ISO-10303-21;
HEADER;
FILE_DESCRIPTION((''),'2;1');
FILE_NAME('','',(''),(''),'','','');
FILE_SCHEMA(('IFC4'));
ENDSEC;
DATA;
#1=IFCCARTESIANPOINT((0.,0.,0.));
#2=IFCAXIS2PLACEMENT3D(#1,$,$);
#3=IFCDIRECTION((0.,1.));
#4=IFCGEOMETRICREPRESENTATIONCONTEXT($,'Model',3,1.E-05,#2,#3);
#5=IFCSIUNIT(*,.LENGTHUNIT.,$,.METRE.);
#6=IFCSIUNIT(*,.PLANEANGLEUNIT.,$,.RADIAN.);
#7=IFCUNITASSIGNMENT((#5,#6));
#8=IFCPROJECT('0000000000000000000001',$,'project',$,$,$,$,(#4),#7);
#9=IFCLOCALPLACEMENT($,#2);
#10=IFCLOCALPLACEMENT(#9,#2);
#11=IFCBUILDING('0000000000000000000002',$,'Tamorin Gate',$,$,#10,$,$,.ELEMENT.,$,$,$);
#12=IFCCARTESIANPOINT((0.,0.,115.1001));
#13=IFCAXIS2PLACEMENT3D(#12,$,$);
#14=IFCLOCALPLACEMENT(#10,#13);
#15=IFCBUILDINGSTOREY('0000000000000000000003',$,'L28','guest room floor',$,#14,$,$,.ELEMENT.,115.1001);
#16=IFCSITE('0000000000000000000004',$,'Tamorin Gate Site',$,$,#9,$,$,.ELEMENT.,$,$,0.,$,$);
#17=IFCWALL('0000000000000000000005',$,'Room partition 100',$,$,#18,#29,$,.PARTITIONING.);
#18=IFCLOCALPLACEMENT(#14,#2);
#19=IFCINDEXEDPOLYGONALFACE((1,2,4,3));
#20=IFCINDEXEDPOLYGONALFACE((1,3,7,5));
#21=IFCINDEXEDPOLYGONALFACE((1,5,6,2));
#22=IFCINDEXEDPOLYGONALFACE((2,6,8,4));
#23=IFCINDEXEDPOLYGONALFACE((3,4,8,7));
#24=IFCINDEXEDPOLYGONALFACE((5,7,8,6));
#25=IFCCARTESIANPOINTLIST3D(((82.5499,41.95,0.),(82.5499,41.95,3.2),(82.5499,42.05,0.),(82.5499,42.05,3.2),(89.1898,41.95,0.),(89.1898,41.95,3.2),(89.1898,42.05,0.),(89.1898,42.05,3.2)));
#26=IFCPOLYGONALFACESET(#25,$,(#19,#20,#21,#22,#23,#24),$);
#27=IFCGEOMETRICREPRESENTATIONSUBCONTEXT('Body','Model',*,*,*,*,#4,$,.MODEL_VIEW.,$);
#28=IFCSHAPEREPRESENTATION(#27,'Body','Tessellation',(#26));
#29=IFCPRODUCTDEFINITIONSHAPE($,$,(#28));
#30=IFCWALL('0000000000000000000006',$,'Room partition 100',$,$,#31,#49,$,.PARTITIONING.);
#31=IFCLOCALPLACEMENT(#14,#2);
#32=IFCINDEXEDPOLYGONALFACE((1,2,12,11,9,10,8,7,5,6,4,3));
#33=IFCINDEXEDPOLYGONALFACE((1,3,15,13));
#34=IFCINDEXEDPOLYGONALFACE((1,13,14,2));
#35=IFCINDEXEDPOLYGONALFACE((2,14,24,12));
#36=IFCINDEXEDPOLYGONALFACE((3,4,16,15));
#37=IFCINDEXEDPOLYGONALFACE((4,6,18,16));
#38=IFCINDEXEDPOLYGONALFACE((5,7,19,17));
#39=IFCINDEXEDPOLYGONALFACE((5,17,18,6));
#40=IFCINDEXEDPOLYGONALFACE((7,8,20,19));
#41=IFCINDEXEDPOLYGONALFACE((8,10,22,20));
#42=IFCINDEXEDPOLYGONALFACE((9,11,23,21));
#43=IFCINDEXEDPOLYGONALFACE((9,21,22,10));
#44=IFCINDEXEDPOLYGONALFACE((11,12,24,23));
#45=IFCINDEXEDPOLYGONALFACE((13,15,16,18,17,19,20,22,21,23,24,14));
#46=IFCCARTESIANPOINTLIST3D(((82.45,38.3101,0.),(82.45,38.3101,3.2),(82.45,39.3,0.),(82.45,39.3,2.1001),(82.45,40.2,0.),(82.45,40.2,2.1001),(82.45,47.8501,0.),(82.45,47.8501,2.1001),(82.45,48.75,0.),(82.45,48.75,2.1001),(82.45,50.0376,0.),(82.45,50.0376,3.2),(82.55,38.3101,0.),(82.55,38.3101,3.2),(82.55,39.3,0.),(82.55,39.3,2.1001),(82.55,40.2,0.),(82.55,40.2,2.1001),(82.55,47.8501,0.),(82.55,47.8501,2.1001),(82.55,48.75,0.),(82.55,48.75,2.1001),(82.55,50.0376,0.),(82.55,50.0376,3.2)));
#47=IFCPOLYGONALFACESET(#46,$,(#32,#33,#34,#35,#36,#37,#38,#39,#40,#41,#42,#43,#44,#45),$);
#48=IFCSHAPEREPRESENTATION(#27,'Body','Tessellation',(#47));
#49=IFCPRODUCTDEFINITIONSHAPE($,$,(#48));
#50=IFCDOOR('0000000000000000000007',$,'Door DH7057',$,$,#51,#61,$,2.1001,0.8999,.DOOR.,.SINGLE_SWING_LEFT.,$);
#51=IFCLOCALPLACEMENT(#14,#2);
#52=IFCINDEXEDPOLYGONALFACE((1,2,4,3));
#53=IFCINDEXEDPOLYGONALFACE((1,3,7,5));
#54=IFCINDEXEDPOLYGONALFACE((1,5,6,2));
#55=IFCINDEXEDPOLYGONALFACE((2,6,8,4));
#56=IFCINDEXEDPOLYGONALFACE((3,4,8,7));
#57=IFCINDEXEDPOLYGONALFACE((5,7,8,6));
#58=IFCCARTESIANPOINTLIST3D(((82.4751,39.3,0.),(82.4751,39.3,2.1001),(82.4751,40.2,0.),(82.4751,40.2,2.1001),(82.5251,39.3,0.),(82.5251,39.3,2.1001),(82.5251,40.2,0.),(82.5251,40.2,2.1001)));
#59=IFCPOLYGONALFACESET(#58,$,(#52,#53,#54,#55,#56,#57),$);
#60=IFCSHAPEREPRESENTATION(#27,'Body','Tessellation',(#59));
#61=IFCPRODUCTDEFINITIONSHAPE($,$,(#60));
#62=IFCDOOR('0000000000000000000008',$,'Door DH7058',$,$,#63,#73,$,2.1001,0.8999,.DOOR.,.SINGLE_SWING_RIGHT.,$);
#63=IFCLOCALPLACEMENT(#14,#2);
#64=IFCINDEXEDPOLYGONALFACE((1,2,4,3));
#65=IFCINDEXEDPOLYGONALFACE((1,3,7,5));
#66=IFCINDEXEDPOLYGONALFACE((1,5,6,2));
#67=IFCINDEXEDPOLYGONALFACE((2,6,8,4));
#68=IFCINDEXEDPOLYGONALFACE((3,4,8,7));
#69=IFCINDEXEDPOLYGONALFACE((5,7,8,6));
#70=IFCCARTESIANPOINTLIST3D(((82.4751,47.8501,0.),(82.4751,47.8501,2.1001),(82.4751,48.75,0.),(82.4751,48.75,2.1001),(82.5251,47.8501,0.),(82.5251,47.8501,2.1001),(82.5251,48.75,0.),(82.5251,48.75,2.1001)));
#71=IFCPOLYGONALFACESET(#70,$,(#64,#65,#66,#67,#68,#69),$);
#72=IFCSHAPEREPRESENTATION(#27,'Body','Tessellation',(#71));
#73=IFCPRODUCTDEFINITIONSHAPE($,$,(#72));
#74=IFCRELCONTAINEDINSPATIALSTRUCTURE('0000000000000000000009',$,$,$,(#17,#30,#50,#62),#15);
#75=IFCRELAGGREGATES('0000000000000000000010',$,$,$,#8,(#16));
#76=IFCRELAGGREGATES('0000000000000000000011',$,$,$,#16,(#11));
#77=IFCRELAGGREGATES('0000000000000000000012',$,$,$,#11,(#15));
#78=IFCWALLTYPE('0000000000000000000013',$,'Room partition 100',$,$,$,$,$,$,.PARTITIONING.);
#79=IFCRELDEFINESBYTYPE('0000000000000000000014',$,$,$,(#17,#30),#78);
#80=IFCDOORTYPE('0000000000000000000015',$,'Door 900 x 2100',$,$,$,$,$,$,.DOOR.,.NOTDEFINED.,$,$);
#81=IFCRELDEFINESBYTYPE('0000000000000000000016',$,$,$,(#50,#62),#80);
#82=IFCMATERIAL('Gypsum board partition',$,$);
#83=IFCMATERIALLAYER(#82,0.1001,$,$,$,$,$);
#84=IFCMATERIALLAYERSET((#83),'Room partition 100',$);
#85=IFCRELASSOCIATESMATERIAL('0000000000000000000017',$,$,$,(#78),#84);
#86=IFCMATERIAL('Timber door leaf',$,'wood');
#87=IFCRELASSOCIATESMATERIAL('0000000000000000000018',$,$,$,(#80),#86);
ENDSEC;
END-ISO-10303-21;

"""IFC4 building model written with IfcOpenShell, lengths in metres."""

from ifc_helpers import new_model, si_unit, direction, frame, frame_2d, origin, place, context, subcontext, project, spatial, rectangle, extrude, material, layer, layer_set, type_object, element, fill, save


model = new_model("IFC4")

# Units and contexts
model_context = context("Model", 3, precision=1e-05, world=origin(), true_north=direction((0.0, 1.0)))
body_context = subcontext(model_context, "Body", "Model", "MODEL_VIEW")
ifc_project = project(units=[si_unit("LENGTHUNIT", "METRE"), si_unit("PLANEANGLEUNIT", "RADIAN")], contexts=[model_context])

# Site, building, storey
site_placement = place(None, origin())
site = spatial("IfcSite", under=ifc_project, at=site_placement, Name="Tamorin Gate Site", CompositionType="ELEMENT", RefElevation=0.0)
building_placement = place(site_placement, origin())
building = spatial("IfcBuilding", under=site, at=building_placement, Name="Tamorin Gate", CompositionType="ELEMENT")
storey_placement = place(building_placement, frame((0.0, 0.0, 115.1001)))
storey = spatial("IfcBuildingStorey", under=building, at=storey_placement, Name="L28", Description="guest room floor", CompositionType="ELEMENT", Elevation=115.1001)

# Wall
ifc_material_1 = material(Name="Gypsum board partition")
ifc_layer_1 = layer(ifc_material_1, 0.1001)
ifc_layer_set_1 = layer_set([ifc_layer_1], Name="Room partition 100")
wall_type_1 = type_object("IfcWallType", Name="Room partition 100", PredefinedType="PARTITIONING", material=ifc_layer_set_1)
wall_1_placement = place(storey_placement, frame((82.55, 42.0, 0.0), z_axis=(0.0, 0.0, 1.0), x_axis=(1.0, 0.0, 0.0)))
element("IfcWall", 1, at=wall_1_placement, inside=storey, type_object=wall_type_1, Name="Room partition 100", PredefinedType="PARTITIONING", context=body_context, shape_type="SweptSolid", body=[
    extrude(rectangle(XDim=6.6399, YDim=0.1001, at=frame_2d((3.3198, 0.0))), origin(), (0.0, 0.0, 1.0), 3.2),
])

# Wall, openings, doors
wall_2_placement = place(storey_placement, frame((82.5, 38.3101, 0.0), z_axis=(0.0, 0.0, 1.0), x_axis=(0.0, 1.0, 0.0)))
wall_2 = element("IfcWall", 2, at=wall_2_placement, inside=storey, type_object=wall_type_1, Name="Room partition 100", PredefinedType="PARTITIONING", context=body_context, shape_type="SweptSolid", body=[
    extrude(rectangle(XDim=11.7275, YDim=0.1001, at=frame_2d((5.8638, 0.0))), origin(), (0.0, 0.0, 1.0), 3.2),
])
opening_1_placement = place(wall_2_placement, frame((0.99, 0.0, 0.0)))
opening_1 = element("IfcOpeningElement", 3, at=opening_1_placement, cuts=wall_2, PredefinedType="OPENING", context=body_context, shape_type="SweptSolid", body=[
    extrude(rectangle(XDim=0.8999, YDim=2.1001, at=frame_2d((0.45, 1.05))), frame((0.0, 0.0601, 0.0), z_axis=(0.0, -1.0, 0.0), x_axis=(1.0, 0.0, 0.0)), (0.0, 0.0, 1.0), 0.1201),
])
opening_2_placement = place(wall_2_placement, frame((9.54, 0.0, 0.0)))
opening_2 = element("IfcOpeningElement", 4, at=opening_2_placement, cuts=wall_2, PredefinedType="OPENING", context=body_context, shape_type="SweptSolid", body=[
    extrude(rectangle(XDim=0.8999, YDim=2.1001, at=frame_2d((0.45, 1.05))), frame((0.0, 0.0601, 0.0), z_axis=(0.0, -1.0, 0.0), x_axis=(1.0, 0.0, 0.0)), (0.0, 0.0, 1.0), 0.1201),
])
ifc_material_2 = material(Name="Timber door leaf", Category="wood")
door_type = type_object("IfcDoorType", Name="Door 900 x 2100", OperationType="NOTDEFINED", PredefinedType="DOOR", material=ifc_material_2)
door_1_placement = place(opening_1_placement, origin())
door_1 = element("IfcDoor", 5, at=door_1_placement, inside=storey, type_object=door_type, Name="Door DH7057", OperationType="SINGLE_SWING_LEFT", OverallHeight=2.1001, OverallWidth=0.8999, PredefinedType="DOOR", context=body_context, shape_type="SweptSolid", body=[
    extrude(rectangle(XDim=0.8999, YDim=2.1001, at=frame_2d((0.45, 1.05))), frame((0.0, 0.0249, 0.0), z_axis=(0.0, -1.0, 0.0), x_axis=(1.0, 0.0, 0.0)), (0.0, 0.0, 1.0), 0.05),
])
fill(opening_1, door_1)
door_2_placement = place(opening_2_placement, origin())
door_2 = element("IfcDoor", 6, at=door_2_placement, inside=storey, type_object=door_type, Name="Door DH7058", OperationType="SINGLE_SWING_RIGHT", OverallHeight=2.1001, OverallWidth=0.8999, PredefinedType="DOOR", context=body_context, shape_type="SweptSolid", body=[
    extrude(rectangle(XDim=0.8999, YDim=2.1001, at=frame_2d((0.45, 1.05))), frame((0.0, 0.0249, 0.0), z_axis=(0.0, -1.0, 0.0), x_axis=(1.0, 0.0, 0.0)), (0.0, 0.0, 1.0), 0.05),
])
fill(opening_2, door_2)

save(model, "model.ifc")
